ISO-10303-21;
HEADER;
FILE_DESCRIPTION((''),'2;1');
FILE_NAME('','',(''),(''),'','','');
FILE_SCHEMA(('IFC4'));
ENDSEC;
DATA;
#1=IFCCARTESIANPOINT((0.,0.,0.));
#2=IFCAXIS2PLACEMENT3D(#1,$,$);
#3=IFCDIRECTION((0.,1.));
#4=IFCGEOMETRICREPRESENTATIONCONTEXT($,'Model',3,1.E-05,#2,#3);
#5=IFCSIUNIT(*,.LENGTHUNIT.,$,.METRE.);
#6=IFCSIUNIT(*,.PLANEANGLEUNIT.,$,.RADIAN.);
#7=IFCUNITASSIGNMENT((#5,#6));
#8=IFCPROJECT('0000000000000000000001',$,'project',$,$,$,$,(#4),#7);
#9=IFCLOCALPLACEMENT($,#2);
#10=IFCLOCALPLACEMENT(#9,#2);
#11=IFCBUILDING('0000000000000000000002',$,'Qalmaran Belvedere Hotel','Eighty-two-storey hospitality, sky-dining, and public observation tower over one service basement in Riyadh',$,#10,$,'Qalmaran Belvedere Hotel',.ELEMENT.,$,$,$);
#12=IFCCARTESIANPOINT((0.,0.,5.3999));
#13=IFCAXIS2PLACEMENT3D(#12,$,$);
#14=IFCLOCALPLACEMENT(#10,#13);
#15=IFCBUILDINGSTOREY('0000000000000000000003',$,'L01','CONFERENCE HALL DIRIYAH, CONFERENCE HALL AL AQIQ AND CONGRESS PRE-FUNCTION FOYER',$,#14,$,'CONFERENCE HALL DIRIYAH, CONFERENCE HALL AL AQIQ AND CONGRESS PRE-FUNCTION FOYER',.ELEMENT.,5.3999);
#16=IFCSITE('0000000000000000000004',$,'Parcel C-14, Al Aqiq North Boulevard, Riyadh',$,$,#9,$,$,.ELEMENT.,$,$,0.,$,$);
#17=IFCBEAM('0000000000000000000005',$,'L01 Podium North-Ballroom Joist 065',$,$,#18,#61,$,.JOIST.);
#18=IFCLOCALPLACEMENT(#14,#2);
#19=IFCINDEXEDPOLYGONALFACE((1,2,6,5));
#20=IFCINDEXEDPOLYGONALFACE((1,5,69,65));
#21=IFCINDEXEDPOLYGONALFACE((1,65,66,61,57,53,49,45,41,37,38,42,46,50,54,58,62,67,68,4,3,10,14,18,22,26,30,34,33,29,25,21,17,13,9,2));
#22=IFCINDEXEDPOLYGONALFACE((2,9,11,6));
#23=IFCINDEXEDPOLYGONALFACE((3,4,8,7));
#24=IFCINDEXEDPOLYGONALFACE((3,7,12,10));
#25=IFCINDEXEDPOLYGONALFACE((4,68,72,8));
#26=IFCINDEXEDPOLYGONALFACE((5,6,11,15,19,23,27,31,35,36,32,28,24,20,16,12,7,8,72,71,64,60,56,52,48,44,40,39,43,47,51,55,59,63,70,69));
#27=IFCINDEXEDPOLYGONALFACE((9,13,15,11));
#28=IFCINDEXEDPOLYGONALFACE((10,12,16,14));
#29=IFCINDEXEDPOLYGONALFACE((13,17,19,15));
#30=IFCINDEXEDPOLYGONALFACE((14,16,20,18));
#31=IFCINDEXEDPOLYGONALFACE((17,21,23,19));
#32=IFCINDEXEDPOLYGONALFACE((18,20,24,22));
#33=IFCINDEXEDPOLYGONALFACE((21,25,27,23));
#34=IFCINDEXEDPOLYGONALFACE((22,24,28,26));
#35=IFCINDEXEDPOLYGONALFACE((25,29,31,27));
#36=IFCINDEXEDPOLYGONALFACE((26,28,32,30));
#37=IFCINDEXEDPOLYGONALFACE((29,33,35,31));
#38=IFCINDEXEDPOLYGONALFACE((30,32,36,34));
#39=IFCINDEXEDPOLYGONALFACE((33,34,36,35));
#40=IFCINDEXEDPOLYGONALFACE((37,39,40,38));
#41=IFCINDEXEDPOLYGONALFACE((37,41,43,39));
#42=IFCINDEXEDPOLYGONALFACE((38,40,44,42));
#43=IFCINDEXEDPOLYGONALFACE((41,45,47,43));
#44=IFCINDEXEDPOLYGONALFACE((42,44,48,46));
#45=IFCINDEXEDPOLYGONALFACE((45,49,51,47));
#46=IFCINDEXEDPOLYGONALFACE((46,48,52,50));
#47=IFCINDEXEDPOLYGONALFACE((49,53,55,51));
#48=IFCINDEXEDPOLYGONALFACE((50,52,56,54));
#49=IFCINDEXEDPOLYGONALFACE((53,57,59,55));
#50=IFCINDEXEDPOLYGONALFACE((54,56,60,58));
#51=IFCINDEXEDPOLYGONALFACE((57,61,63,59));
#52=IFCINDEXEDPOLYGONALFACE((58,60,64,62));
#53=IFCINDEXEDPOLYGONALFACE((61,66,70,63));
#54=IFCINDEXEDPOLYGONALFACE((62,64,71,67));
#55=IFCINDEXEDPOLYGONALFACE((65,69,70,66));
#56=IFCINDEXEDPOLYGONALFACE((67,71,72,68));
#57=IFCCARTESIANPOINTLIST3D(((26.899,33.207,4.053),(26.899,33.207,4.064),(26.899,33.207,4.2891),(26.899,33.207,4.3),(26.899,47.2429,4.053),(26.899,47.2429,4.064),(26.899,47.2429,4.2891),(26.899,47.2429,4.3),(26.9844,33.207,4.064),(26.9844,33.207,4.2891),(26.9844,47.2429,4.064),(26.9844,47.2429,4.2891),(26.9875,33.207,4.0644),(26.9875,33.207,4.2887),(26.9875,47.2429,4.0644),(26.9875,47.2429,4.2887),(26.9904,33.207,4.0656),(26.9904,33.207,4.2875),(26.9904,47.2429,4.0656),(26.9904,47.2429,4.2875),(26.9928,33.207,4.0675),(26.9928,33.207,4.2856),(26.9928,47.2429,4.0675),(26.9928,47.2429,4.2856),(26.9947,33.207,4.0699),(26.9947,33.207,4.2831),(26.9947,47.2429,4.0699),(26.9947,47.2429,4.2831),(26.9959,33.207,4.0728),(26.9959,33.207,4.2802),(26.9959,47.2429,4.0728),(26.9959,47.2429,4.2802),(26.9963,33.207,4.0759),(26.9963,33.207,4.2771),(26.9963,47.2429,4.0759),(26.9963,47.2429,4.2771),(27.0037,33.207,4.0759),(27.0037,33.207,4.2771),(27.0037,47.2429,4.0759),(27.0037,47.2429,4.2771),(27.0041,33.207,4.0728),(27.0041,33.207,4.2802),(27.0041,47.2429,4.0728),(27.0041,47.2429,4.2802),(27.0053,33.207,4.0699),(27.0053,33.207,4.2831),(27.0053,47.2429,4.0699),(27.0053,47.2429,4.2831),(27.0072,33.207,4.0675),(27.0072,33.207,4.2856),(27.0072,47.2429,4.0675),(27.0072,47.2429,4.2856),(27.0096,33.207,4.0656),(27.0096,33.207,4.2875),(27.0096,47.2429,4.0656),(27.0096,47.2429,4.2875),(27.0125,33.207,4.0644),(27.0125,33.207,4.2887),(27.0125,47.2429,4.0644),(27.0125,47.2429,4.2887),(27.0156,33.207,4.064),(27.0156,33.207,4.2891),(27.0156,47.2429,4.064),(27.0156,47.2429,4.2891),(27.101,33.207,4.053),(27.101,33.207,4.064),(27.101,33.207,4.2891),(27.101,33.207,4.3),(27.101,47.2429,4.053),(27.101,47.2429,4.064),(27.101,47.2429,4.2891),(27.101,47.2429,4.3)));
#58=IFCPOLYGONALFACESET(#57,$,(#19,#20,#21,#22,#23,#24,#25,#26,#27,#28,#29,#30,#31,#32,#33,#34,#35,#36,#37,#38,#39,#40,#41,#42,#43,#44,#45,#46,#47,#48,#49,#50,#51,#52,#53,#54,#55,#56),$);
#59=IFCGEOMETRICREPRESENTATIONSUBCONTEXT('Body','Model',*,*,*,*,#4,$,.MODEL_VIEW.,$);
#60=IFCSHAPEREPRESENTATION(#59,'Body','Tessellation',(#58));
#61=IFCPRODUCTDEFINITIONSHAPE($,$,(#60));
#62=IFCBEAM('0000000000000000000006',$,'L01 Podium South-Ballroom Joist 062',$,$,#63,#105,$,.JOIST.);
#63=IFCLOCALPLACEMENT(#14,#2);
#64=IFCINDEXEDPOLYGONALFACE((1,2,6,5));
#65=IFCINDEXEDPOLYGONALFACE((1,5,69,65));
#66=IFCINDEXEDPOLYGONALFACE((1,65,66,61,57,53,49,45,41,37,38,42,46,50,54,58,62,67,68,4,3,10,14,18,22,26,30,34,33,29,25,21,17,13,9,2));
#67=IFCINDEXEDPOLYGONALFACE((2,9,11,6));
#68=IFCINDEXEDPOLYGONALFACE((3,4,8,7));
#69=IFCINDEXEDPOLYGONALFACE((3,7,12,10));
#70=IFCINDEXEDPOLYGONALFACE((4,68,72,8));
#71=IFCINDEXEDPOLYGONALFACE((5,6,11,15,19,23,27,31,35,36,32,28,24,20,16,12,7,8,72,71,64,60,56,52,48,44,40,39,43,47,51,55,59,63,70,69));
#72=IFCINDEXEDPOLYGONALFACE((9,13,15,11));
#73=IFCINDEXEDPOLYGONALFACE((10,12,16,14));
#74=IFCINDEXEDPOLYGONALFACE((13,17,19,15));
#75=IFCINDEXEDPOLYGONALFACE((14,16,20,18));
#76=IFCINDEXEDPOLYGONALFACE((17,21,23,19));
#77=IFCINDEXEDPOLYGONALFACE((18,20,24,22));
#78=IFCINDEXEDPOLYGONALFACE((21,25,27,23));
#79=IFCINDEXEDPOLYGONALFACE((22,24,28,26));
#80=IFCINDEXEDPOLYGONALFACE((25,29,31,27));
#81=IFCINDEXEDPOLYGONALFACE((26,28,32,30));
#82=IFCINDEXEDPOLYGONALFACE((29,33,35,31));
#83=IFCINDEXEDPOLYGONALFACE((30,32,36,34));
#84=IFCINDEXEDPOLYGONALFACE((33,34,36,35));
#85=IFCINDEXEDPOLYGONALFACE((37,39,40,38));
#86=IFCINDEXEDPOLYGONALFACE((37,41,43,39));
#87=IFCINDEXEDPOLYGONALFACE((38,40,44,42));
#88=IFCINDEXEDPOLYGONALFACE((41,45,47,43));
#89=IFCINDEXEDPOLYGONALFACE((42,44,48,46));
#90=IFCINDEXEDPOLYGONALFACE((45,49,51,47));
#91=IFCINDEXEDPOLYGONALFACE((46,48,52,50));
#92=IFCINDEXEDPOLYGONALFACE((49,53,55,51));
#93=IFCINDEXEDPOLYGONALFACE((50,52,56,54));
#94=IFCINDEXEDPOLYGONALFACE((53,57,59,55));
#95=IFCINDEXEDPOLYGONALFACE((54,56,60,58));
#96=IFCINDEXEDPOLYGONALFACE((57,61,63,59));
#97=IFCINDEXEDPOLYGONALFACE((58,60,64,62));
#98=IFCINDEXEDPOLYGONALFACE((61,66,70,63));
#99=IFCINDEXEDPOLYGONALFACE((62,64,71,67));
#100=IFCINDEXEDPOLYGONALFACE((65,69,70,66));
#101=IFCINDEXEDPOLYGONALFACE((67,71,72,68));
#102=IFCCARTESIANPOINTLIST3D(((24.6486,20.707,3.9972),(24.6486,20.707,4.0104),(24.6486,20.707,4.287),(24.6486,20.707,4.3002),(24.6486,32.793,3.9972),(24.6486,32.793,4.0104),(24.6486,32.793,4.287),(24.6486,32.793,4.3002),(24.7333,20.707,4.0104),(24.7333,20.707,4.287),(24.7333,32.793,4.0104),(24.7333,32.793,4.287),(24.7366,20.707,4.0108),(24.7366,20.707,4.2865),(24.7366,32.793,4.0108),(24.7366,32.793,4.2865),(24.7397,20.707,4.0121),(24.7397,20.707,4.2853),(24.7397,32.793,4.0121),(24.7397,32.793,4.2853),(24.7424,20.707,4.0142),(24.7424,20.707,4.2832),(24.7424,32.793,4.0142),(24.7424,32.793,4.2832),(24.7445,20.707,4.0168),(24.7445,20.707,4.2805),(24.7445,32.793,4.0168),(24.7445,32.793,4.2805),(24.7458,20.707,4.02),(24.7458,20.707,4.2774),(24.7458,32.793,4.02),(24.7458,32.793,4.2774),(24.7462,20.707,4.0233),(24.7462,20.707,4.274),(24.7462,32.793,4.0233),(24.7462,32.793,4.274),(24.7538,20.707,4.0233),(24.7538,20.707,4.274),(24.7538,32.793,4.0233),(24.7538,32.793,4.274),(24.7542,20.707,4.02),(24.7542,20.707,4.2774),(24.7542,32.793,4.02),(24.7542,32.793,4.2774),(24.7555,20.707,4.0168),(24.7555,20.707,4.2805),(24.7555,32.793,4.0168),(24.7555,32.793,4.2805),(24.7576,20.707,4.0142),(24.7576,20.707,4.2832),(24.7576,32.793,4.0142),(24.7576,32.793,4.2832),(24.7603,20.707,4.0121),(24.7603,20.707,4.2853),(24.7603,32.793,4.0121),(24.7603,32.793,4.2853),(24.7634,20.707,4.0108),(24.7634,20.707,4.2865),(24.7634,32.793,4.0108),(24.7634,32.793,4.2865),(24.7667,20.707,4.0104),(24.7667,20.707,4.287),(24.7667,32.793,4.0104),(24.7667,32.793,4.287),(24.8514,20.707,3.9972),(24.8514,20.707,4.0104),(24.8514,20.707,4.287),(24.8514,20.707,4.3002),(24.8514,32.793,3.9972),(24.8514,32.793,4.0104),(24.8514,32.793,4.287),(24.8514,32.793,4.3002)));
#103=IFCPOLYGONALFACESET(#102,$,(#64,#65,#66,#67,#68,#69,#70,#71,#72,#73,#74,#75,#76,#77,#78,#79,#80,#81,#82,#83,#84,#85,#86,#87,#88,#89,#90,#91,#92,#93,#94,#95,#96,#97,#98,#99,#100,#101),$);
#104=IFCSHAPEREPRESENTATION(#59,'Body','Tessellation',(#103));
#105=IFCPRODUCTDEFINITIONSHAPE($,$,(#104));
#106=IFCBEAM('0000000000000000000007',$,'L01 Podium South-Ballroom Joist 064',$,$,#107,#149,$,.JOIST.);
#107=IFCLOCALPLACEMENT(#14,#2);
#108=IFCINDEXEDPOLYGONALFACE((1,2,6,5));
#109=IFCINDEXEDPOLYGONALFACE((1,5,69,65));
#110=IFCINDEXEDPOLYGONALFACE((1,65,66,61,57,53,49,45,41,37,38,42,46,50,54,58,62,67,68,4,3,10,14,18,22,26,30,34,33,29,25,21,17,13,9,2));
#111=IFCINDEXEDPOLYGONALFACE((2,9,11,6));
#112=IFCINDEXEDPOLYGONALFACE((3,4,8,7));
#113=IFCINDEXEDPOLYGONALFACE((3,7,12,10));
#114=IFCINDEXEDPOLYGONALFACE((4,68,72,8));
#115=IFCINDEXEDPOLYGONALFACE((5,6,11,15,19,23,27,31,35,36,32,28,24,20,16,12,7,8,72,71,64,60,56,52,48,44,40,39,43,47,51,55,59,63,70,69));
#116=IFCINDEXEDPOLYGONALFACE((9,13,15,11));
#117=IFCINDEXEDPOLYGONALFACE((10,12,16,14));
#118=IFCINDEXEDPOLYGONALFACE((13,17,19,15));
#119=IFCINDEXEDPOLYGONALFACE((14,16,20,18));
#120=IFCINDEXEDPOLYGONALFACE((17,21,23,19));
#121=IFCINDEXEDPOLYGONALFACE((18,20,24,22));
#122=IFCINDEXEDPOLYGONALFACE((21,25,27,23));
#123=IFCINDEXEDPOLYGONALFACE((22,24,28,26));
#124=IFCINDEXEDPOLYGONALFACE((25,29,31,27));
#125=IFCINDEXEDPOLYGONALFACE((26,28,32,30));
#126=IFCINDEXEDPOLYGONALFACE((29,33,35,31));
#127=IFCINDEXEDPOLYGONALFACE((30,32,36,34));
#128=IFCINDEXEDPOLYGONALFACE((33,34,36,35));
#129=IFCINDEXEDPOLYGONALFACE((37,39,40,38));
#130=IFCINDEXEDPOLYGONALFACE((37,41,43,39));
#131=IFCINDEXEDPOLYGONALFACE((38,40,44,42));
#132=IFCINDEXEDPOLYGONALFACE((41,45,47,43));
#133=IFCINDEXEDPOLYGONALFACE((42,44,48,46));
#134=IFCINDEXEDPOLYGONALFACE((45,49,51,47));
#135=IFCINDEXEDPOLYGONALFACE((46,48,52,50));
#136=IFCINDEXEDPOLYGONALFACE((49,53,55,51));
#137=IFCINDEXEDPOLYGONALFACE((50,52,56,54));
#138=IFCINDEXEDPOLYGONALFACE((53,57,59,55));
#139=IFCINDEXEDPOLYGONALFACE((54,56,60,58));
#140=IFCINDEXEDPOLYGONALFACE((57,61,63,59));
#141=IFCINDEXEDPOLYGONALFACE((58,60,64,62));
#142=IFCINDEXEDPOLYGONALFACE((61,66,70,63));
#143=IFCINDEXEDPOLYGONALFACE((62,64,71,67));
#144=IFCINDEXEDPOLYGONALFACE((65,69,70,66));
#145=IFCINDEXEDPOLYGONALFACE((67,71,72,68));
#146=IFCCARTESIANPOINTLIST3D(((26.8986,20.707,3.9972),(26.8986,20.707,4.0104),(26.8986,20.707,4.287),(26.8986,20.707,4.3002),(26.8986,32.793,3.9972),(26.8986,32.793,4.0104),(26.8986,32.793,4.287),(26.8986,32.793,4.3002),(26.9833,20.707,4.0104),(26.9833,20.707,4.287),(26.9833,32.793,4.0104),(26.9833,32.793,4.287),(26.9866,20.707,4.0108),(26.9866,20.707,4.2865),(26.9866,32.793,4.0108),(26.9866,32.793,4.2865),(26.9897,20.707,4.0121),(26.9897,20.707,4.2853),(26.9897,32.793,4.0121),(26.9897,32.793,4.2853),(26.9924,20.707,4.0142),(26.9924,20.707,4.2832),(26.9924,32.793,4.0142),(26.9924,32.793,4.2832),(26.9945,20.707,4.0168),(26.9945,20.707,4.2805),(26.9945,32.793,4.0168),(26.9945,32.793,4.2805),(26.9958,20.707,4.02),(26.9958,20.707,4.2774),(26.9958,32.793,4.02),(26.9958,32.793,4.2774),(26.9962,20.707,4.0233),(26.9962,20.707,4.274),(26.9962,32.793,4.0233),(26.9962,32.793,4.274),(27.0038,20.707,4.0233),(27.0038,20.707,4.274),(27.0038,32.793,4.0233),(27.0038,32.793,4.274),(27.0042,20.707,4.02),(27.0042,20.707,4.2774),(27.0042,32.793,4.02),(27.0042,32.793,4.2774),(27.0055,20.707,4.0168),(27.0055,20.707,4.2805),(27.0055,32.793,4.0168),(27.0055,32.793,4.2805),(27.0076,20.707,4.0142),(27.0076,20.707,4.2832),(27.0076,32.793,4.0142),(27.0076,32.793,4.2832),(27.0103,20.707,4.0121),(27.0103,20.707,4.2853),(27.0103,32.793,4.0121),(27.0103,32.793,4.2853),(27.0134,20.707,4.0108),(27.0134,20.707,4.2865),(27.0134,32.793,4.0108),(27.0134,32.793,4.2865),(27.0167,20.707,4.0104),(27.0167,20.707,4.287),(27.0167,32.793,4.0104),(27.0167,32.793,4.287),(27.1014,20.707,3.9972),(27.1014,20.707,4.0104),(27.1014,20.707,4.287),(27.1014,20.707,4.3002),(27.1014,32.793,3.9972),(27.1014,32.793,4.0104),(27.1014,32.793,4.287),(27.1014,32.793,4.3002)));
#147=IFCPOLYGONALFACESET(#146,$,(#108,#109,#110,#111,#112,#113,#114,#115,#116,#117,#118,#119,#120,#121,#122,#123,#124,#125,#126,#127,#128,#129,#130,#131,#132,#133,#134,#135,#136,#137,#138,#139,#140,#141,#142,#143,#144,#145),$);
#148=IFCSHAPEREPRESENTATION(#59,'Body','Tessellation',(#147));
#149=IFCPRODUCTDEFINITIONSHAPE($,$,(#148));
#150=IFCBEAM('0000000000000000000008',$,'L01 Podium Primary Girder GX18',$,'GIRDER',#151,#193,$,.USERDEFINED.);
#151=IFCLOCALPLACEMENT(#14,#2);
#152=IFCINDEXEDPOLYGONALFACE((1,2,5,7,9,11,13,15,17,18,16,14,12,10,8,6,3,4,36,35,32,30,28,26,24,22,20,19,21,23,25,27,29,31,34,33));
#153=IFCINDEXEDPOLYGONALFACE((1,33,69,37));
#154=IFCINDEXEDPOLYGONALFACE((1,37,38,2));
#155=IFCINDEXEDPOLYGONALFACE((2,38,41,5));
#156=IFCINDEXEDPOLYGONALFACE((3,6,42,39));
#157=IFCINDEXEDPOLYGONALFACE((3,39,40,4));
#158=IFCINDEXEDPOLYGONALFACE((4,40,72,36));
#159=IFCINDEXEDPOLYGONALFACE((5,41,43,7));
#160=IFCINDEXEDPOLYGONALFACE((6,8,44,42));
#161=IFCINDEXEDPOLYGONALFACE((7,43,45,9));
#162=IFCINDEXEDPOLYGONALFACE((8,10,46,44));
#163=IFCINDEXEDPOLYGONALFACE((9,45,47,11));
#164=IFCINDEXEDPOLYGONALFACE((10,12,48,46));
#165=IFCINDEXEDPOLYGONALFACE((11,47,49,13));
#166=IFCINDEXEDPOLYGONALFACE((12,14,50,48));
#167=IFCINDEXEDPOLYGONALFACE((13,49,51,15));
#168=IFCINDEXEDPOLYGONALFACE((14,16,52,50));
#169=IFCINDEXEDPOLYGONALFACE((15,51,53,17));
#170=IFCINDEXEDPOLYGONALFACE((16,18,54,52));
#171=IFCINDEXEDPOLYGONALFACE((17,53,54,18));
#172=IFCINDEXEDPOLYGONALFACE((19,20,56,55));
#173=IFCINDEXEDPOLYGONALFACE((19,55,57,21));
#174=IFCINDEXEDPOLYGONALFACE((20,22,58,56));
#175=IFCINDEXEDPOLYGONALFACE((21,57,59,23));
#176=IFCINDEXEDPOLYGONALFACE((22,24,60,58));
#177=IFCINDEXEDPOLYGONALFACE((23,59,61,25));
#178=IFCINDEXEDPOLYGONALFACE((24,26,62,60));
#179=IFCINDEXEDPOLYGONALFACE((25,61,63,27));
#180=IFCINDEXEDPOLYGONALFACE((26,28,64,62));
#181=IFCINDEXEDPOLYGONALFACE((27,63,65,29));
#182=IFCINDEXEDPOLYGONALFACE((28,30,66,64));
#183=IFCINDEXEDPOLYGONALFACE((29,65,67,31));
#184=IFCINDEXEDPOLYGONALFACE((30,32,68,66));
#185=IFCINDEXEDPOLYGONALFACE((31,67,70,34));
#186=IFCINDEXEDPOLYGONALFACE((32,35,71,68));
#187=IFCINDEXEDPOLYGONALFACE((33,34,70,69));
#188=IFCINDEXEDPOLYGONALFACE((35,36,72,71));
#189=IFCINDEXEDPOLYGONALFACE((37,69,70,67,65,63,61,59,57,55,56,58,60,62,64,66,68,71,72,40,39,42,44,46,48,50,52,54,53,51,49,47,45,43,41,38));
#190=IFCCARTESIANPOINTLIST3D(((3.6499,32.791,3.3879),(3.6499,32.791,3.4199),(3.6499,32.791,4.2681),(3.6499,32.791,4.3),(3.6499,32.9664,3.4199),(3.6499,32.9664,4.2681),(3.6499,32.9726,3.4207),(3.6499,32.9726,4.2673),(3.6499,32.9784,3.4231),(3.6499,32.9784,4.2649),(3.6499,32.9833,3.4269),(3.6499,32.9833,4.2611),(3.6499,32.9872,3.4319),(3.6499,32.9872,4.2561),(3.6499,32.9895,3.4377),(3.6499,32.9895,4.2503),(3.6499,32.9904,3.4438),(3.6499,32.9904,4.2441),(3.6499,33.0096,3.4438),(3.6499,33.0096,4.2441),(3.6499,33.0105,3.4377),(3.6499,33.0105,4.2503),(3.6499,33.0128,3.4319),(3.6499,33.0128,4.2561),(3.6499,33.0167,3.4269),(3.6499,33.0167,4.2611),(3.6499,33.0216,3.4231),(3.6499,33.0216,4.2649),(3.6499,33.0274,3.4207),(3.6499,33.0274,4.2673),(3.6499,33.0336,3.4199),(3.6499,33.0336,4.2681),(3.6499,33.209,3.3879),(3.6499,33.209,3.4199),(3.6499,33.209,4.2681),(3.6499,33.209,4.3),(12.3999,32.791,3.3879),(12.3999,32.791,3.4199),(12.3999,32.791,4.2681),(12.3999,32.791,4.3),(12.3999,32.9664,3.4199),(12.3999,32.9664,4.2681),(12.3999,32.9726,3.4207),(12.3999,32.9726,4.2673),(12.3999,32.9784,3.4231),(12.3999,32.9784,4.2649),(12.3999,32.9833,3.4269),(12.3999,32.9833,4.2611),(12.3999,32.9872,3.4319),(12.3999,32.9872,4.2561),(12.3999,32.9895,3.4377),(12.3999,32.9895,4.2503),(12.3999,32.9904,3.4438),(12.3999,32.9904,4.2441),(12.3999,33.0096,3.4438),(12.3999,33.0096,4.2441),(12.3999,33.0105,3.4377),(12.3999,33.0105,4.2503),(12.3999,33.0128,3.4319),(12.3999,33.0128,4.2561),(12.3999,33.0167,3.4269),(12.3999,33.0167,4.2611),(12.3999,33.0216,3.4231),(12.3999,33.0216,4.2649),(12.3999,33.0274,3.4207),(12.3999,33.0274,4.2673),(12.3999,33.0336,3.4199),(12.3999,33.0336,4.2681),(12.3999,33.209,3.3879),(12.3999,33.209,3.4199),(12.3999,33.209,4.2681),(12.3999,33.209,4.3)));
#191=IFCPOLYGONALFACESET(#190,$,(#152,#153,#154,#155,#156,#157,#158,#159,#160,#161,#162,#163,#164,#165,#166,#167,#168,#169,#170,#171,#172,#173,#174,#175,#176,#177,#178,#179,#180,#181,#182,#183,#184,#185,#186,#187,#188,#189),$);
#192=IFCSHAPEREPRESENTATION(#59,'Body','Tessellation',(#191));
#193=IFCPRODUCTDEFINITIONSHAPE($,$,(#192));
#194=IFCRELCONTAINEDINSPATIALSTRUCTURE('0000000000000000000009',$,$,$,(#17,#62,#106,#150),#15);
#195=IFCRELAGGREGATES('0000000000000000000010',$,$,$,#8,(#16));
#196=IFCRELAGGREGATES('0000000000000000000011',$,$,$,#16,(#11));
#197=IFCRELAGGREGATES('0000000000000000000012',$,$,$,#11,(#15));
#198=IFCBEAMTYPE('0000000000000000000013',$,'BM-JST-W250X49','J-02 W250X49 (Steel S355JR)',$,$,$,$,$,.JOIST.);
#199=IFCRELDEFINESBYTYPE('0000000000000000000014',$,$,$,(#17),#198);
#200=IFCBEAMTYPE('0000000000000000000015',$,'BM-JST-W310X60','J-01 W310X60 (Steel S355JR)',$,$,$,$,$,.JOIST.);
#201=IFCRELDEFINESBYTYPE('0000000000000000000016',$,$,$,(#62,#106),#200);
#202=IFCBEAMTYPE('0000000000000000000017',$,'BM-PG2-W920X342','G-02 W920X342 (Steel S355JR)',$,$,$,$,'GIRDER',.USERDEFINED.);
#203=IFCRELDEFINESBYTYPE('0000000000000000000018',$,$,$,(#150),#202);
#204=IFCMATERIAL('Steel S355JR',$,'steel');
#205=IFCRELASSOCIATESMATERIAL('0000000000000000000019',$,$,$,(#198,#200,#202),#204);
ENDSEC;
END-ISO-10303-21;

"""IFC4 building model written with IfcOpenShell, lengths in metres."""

from ifc_helpers import new_model, si_unit, direction, frame, origin, origin_2d, place, context, subcontext, project, spatial, i_section, extrude, material, material_profile, profile_set, type_object, element, save


model = new_model("IFC4")

# Units and contexts
model_context = context("Model", 3, precision=1e-05, world=origin(), true_north=direction((0.0, 1.0)))
body_context = subcontext(model_context, "Body", "Model", "MODEL_VIEW")
ifc_project = project(units=[si_unit("LENGTHUNIT", "METRE"), si_unit("PLANEANGLEUNIT", "RADIAN")], contexts=[model_context])

# Site, building, storey
site_placement = place(None, origin())
site = spatial("IfcSite", under=ifc_project, at=site_placement, Name="Parcel C-14, Al Aqiq North Boulevard, Riyadh", CompositionType="ELEMENT", RefElevation=0.0)
building_placement = place(site_placement, origin())
building = spatial("IfcBuilding", under=site, at=building_placement, Name="Qalmaran Belvedere Hotel", Description="Eighty-two-storey hospitality, sky-dining, and public observation tower over one service basement in Riyadh", LongName="Qalmaran Belvedere Hotel", CompositionType="ELEMENT")
storey_placement = place(building_placement, frame((0.0, 0.0, 5.3999)))
storey = spatial("IfcBuildingStorey", under=building, at=storey_placement, Name="L01", Description="CONFERENCE HALL DIRIYAH, CONFERENCE HALL AL AQIQ AND CONGRESS PRE-FUNCTION FOYER", LongName="CONFERENCE HALL DIRIYAH, CONFERENCE HALL AL AQIQ AND CONGRESS PRE-FUNCTION FOYER", CompositionType="ELEMENT", Elevation=5.3999)

# Beams
ifc_material_1 = material(Name="Steel S355JR", Category="steel")
ifc_material_profile_1 = material_profile(ifc_material_1, i_section(OverallWidth=0.2019, OverallDepth=0.2471, WebThickness=0.0073, FlangeThickness=0.011, FilletRadius=0.012, at=origin_2d()), Name="W250X49")
ifc_profile_set_1 = profile_set([ifc_material_profile_1], Name="Steel S355JR")
beam_type_1 = type_object("IfcBeamType", Name="BM-JST-W250X49", Description="J-02 W250X49 (Steel S355JR)", PredefinedType="JOIST", material=ifc_profile_set_1)
for number, where, z_axis, x_axis, name in (
    (1, (27.0, 33.207, 4.1765), (0.0, 1.0, 0.0), (-1.0, 0.0, 0.0), "L01 Podium North-Ballroom Joist 065"),
):
    element("IfcBeam", number, at=place(storey_placement, frame(where, z_axis=z_axis, x_axis=x_axis)), inside=storey, type_object=beam_type_1, Name=name, PredefinedType="JOIST", context=body_context, shape_type="SweptSolid", body=[
        extrude(i_section(OverallWidth=0.2019, OverallDepth=0.2471, WebThickness=0.0073, FlangeThickness=0.011, FilletRadius=0.012, at=origin_2d()), origin(), (0.0, 0.0, 1.0), 14.0359),
    ])
ifc_material_profile_2 = material_profile(ifc_material_1, i_section(OverallWidth=0.2029, OverallDepth=0.303, WebThickness=0.0076, FlangeThickness=0.0132, FilletRadius=0.0129, at=origin_2d()), Name="W310X60")
ifc_profile_set_2 = profile_set([ifc_material_profile_2], Name="Steel S355JR")
beam_type_2 = type_object("IfcBeamType", Name="BM-JST-W310X60", Description="J-01 W310X60 (Steel S355JR)", PredefinedType="JOIST", material=ifc_profile_set_2)
for number, where, z_axis, x_axis, name in (
    (2, (24.75, 20.707, 4.1487), (0.0, 1.0, 0.0), (-1.0, 0.0, 0.0), "L01 Podium South-Ballroom Joist 062"),
    (3, (27.0, 20.707, 4.1487), (0.0, 1.0, 0.0), (-1.0, 0.0, 0.0), "L01 Podium South-Ballroom Joist 064"),
):
    element("IfcBeam", number, at=place(storey_placement, frame(where, z_axis=z_axis, x_axis=x_axis)), inside=storey, type_object=beam_type_2, Name=name, PredefinedType="JOIST", context=body_context, shape_type="SweptSolid", body=[
        extrude(i_section(OverallWidth=0.2029, OverallDepth=0.303, WebThickness=0.0076, FlangeThickness=0.0132, FilletRadius=0.0129, at=origin_2d()), origin(), (0.0, 0.0, 1.0), 12.0859),
    ])
ifc_material_profile_3 = material_profile(ifc_material_1, i_section(OverallWidth=0.418, OverallDepth=0.9121, WebThickness=0.0193, FlangeThickness=0.032, FilletRadius=0.0239, at=origin_2d()), Name="W920X342")
ifc_profile_set_3 = profile_set([ifc_material_profile_3], Name="Steel S355JR")
beam_type_3 = type_object("IfcBeamType", Name="BM-PG2-W920X342", Description="G-02 W920X342 (Steel S355JR)", ElementType="GIRDER", PredefinedType="USERDEFINED", material=ifc_profile_set_3)
beam_1_placement = place(storey_placement, frame((3.6499, 33.0, 3.844), z_axis=(1.0, 0.0, 0.0), x_axis=(0.0, 1.0, 0.0)))
element("IfcBeam", 4, at=beam_1_placement, inside=storey, type_object=beam_type_3, Name="L01 Podium Primary Girder GX18", ObjectType="GIRDER", PredefinedType="USERDEFINED", context=body_context, shape_type="SweptSolid", body=[
    extrude(i_section(OverallWidth=0.418, OverallDepth=0.9121, WebThickness=0.0193, FlangeThickness=0.032, FilletRadius=0.0239, at=origin_2d()), origin(), (0.0, 0.0, 1.0), 8.75),
])

save(model, "model.ifc")
